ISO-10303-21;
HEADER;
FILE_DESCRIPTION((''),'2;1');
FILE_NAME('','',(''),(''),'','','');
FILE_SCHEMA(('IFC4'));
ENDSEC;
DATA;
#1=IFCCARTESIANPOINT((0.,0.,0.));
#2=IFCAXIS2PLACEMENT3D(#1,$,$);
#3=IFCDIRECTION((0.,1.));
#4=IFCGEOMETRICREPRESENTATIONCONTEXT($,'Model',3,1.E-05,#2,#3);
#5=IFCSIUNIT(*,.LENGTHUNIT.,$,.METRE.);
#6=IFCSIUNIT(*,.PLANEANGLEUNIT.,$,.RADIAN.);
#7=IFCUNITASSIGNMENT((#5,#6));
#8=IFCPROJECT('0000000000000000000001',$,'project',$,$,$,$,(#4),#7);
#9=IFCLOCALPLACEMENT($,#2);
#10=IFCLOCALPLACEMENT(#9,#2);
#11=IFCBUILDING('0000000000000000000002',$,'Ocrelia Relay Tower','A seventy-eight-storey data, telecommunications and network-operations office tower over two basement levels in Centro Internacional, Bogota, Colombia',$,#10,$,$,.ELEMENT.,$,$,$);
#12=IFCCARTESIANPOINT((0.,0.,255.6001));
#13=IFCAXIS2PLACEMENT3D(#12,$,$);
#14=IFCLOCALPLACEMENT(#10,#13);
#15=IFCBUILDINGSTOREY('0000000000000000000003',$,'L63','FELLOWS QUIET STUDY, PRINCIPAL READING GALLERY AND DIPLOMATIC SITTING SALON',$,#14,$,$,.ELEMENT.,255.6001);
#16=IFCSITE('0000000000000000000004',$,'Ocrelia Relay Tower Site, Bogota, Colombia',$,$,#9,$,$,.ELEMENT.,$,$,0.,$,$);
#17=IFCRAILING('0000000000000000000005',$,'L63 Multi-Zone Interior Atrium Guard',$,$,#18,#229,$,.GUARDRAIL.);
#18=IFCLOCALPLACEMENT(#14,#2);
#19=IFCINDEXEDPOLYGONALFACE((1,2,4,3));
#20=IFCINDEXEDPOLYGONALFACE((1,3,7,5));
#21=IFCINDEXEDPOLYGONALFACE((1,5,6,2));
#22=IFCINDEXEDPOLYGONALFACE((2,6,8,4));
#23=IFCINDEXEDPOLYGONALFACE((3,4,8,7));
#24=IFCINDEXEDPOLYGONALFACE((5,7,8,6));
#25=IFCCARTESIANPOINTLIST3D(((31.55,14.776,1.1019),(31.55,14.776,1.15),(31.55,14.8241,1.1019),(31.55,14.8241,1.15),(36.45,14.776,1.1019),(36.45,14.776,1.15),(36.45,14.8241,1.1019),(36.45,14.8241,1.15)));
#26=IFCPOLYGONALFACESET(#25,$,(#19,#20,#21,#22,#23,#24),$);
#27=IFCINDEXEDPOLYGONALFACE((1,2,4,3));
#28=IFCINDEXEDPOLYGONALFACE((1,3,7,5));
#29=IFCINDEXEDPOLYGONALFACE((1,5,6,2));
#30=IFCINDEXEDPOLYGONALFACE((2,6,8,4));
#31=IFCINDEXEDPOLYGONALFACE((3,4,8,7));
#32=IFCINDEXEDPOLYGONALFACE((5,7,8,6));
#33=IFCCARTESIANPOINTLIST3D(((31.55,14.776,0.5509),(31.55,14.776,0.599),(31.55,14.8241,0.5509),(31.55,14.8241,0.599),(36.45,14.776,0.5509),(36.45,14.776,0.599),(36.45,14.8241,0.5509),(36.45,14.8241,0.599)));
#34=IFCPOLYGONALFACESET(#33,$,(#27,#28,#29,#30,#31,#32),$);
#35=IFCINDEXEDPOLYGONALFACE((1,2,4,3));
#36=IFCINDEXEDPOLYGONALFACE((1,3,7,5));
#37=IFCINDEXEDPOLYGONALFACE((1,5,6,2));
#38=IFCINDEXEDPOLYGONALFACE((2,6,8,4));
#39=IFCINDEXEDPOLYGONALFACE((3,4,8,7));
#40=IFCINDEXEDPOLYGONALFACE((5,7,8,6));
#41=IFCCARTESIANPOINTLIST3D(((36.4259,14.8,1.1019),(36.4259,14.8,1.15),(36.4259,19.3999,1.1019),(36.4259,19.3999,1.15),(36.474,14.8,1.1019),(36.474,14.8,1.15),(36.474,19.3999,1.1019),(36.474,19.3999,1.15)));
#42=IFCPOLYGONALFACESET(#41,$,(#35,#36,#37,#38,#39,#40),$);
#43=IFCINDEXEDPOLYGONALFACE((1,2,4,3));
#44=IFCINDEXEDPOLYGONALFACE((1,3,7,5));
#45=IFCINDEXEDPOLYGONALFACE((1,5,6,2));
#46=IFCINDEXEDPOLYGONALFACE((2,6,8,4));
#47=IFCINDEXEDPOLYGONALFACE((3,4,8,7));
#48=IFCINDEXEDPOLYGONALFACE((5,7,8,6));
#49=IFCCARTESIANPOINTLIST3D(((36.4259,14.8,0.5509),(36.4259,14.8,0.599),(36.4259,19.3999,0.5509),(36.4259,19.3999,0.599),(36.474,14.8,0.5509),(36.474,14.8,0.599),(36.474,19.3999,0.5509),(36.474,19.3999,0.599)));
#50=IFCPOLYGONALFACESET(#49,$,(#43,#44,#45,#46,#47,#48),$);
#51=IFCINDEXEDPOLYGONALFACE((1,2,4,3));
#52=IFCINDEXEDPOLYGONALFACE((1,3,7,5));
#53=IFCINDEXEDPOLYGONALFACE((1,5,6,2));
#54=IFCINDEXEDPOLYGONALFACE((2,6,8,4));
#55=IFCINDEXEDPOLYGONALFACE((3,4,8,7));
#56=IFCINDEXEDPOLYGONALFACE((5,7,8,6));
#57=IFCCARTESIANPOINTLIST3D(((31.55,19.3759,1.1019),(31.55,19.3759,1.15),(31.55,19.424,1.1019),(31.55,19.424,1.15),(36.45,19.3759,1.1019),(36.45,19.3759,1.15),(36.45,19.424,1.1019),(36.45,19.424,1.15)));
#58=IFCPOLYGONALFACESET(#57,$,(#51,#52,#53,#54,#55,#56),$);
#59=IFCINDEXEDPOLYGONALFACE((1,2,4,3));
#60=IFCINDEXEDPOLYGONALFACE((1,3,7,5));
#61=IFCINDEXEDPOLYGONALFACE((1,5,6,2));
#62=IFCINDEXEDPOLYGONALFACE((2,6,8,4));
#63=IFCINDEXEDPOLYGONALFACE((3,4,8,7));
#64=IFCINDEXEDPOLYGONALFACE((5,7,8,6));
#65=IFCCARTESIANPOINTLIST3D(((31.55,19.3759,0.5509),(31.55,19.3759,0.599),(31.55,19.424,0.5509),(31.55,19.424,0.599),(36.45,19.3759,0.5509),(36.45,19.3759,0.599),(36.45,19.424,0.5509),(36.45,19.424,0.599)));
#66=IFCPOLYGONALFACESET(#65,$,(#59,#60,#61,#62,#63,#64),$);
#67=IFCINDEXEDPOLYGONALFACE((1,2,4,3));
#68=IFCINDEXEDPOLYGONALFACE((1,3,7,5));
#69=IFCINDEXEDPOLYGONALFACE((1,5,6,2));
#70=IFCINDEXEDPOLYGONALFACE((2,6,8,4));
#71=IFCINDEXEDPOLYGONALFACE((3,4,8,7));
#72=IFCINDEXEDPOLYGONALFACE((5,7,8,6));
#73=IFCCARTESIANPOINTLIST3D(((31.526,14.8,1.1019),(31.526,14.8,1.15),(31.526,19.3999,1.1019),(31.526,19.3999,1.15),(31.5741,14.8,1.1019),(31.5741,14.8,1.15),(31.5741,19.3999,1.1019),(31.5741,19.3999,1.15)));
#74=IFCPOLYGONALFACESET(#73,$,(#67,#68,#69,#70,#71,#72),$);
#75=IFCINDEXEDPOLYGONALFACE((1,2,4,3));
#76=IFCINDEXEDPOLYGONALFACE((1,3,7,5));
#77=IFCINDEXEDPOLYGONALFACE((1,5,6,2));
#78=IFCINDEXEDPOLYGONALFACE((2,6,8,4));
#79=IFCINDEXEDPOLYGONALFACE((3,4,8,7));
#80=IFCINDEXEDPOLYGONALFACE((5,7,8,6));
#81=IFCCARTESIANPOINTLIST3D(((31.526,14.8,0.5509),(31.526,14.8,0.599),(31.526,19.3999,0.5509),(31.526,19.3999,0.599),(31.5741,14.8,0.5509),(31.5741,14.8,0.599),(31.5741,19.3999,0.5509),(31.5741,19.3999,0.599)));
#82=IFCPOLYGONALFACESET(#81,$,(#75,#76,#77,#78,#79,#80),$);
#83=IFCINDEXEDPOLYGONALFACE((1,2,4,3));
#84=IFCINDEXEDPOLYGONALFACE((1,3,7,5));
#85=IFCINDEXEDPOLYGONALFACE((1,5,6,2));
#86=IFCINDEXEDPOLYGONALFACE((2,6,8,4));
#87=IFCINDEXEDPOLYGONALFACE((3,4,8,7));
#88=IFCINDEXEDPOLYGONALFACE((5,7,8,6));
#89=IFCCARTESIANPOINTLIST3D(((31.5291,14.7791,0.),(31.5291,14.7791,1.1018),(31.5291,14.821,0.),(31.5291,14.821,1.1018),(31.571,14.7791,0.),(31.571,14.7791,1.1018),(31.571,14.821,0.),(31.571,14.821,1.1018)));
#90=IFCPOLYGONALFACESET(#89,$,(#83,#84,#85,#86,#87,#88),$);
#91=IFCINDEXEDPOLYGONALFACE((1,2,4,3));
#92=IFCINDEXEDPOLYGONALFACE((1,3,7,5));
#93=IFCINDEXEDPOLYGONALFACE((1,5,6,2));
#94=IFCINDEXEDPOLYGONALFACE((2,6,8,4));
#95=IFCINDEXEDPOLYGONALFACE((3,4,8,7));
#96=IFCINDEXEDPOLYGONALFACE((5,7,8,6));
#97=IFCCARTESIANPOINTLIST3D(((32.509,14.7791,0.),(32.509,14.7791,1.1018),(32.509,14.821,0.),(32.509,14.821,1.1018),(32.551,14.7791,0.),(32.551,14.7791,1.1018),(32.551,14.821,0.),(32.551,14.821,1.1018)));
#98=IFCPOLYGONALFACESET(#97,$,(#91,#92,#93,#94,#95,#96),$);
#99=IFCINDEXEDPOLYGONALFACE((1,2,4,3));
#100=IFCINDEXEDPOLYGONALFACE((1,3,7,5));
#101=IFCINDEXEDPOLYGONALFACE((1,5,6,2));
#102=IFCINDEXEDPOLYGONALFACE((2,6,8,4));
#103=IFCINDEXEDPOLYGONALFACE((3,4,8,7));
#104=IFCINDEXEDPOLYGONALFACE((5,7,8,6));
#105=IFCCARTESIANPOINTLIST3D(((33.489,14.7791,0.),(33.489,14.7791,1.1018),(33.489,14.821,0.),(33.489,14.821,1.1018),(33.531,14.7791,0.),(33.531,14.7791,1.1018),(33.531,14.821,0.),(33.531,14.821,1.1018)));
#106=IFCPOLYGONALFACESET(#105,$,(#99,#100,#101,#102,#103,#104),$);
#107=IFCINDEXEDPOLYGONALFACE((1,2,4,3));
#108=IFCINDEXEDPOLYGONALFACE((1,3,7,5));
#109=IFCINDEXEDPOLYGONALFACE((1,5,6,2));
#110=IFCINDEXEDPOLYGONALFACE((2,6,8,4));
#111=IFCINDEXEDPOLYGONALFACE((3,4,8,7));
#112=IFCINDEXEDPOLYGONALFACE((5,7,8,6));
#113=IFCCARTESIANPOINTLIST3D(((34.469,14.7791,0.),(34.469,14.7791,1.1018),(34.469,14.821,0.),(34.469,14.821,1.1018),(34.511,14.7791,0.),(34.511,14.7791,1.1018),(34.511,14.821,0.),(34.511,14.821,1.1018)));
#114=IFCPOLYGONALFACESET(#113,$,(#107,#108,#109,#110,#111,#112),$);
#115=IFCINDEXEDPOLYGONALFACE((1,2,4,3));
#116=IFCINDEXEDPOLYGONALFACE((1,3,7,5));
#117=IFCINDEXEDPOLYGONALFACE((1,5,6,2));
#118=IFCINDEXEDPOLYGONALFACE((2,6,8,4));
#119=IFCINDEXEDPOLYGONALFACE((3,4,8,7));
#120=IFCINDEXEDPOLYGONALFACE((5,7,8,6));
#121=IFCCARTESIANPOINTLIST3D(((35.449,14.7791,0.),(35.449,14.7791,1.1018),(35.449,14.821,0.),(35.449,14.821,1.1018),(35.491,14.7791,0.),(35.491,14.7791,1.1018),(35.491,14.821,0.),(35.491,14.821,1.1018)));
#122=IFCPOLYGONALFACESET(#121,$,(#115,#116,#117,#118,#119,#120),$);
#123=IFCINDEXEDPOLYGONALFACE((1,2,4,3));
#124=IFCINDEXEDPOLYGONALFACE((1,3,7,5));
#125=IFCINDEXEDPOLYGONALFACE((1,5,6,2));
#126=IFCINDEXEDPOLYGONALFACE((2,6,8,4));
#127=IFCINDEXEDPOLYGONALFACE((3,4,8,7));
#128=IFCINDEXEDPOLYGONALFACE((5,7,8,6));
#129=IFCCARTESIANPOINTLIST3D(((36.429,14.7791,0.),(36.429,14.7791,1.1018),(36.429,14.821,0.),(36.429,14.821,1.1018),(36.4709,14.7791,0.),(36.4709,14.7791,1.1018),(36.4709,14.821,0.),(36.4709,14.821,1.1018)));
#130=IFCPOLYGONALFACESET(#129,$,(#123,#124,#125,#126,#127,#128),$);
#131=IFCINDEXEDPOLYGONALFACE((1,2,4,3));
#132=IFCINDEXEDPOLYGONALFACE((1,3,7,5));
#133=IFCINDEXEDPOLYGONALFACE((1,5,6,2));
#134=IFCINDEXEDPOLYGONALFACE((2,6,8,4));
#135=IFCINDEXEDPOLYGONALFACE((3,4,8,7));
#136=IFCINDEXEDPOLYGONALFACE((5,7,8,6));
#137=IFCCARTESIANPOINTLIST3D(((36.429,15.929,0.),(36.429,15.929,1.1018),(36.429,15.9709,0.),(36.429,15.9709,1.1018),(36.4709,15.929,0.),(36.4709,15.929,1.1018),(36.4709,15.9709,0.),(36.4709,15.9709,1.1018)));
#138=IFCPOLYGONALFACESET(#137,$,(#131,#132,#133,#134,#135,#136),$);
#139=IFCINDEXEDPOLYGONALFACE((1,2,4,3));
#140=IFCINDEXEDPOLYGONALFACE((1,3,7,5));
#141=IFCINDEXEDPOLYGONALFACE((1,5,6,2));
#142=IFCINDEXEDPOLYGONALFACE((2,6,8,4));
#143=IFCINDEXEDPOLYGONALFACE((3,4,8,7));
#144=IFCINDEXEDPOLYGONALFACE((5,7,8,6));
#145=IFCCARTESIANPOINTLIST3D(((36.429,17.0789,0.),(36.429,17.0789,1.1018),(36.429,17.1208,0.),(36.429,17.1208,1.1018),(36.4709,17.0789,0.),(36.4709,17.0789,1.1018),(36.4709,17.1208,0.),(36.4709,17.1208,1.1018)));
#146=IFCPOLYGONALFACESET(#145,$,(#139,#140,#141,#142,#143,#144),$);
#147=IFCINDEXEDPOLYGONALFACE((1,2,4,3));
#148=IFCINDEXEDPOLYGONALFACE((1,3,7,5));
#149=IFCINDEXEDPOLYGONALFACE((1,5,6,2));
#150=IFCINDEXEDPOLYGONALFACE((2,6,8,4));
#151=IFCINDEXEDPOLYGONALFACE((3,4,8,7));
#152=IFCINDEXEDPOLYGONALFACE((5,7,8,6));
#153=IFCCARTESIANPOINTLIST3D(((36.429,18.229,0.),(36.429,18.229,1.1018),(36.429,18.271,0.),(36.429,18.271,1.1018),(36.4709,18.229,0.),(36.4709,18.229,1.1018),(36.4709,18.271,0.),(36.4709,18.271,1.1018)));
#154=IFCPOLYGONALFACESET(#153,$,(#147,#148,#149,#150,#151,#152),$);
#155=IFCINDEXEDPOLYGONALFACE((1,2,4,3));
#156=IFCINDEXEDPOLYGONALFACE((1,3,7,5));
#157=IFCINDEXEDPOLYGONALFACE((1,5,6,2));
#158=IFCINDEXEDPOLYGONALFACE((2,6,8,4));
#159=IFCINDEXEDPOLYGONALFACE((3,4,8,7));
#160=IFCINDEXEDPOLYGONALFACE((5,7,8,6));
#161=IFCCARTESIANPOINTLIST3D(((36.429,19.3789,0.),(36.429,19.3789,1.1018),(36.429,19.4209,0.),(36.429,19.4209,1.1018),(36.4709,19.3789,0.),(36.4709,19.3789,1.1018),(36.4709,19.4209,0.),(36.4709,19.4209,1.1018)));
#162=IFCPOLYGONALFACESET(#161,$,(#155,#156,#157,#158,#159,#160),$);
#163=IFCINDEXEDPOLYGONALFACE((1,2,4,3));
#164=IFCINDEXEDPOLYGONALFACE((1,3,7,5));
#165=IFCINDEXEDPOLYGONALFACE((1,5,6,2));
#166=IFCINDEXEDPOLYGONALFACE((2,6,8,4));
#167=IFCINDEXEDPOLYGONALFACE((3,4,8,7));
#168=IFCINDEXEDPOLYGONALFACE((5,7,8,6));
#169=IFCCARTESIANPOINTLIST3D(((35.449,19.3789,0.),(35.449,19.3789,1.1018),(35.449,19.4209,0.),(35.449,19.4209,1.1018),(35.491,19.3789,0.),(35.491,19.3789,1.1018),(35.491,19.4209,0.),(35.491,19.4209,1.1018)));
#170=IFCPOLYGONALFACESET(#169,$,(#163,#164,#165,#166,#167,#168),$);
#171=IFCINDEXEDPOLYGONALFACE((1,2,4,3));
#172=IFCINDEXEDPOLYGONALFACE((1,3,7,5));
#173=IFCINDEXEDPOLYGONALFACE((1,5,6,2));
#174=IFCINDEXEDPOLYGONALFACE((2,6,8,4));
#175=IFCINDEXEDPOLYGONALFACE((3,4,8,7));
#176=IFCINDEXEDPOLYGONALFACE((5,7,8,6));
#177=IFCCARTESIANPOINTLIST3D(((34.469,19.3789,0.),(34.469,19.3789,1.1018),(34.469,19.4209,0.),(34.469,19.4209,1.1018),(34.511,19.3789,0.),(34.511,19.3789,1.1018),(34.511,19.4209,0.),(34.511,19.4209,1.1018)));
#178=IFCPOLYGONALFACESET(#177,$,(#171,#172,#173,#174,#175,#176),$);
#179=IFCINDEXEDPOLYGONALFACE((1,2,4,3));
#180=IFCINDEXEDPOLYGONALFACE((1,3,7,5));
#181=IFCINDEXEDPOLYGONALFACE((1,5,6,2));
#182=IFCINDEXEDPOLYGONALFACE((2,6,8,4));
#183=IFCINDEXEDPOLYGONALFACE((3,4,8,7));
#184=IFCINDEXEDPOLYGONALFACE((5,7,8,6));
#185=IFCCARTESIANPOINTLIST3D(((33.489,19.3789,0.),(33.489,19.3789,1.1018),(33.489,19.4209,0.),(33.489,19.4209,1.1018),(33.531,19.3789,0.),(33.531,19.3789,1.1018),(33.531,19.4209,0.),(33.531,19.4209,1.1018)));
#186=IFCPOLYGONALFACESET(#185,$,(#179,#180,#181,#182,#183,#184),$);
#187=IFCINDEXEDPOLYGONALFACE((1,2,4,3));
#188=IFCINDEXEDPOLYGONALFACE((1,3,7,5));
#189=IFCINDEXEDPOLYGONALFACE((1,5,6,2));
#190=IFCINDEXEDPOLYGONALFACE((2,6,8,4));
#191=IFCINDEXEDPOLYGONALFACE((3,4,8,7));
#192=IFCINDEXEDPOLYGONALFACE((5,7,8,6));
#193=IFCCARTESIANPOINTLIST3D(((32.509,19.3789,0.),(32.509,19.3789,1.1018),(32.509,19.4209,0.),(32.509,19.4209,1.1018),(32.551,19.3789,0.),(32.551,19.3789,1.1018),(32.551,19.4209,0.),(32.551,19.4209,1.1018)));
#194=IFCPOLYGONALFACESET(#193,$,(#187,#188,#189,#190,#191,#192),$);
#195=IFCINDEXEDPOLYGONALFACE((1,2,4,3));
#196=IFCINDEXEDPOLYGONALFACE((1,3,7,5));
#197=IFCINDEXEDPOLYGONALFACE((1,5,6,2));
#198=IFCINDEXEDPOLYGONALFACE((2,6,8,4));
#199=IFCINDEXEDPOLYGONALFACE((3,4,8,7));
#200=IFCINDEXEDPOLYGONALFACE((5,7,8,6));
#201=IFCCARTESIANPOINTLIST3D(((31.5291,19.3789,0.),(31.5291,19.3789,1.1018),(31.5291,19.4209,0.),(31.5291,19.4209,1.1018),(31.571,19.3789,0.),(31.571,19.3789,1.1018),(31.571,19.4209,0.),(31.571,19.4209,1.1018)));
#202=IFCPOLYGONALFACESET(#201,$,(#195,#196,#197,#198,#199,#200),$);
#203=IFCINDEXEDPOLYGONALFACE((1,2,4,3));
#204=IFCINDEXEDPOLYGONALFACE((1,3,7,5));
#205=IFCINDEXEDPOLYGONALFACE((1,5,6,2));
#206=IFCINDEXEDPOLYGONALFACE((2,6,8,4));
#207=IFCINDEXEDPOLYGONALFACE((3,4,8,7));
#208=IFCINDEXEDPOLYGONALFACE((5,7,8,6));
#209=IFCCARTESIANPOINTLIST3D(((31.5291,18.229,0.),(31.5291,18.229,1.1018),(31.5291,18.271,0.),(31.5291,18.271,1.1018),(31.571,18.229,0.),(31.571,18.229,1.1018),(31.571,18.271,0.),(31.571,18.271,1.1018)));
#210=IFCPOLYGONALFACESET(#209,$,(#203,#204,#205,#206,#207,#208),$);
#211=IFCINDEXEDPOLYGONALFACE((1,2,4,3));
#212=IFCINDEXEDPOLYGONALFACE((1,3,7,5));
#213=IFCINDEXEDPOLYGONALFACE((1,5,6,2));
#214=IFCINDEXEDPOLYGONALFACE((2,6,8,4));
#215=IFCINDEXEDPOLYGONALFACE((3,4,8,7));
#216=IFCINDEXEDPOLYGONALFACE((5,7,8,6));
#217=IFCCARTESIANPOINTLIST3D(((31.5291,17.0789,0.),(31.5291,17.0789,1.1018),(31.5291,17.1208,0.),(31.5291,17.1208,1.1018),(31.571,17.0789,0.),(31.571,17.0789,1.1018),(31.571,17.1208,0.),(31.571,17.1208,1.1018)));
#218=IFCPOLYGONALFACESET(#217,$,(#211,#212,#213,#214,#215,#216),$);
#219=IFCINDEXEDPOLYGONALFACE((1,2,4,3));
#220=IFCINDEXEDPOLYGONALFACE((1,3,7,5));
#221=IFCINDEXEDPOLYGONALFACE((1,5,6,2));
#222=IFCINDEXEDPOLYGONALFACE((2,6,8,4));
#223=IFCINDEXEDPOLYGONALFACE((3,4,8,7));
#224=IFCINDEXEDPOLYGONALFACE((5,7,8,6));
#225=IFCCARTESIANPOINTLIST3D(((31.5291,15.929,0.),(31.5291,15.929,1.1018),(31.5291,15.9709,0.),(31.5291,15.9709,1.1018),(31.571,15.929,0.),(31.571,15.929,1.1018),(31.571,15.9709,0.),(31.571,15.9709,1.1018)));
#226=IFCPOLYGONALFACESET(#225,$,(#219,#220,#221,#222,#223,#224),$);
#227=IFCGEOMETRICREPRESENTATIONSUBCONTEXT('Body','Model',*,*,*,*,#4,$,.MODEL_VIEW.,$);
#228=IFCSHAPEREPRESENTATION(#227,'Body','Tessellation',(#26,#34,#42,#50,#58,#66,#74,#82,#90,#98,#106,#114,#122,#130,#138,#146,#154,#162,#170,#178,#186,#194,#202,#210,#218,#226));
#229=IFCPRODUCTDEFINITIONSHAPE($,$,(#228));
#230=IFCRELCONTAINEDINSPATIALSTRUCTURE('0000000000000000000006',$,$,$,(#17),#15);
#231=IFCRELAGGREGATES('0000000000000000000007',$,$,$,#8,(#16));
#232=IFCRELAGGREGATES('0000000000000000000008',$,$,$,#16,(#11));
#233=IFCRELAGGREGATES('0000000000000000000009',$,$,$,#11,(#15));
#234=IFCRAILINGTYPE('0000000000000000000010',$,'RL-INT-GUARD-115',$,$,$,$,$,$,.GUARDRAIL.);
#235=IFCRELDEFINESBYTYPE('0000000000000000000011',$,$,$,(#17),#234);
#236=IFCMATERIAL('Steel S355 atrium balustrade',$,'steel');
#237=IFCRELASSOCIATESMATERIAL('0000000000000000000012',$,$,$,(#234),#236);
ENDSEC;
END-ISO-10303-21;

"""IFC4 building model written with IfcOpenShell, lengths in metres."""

from ifc_helpers import new_model, si_unit, direction, frame, origin, origin_2d, place, context, subcontext, project, spatial, rectangle, extrude, material, type_object, element, save


model = new_model("IFC4")

# Units and contexts
model_context = context("Model", 3, precision=1e-05, world=origin(), true_north=direction((0.0, 1.0)))
body_context = subcontext(model_context, "Body", "Model", "MODEL_VIEW")
ifc_project = project(units=[si_unit("LENGTHUNIT", "METRE"), si_unit("PLANEANGLEUNIT", "RADIAN")], contexts=[model_context])

# Site, building, storey
site_placement = place(None, origin())
site = spatial("IfcSite", under=ifc_project, at=site_placement, Name="Ocrelia Relay Tower Site, Bogota, Colombia", CompositionType="ELEMENT", RefElevation=0.0)
building_placement = place(site_placement, origin())
building = spatial("IfcBuilding", under=site, at=building_placement, Name="Ocrelia Relay Tower", Description="A seventy-eight-storey data, telecommunications and network-operations office tower over two basement levels in Centro Internacional, Bogota, Colombia", CompositionType="ELEMENT")
storey_placement = place(building_placement, frame((0.0, 0.0, 255.6001)))
storey = spatial("IfcBuildingStorey", under=building, at=storey_placement, Name="L63", Description="FELLOWS QUIET STUDY, PRINCIPAL READING GALLERY AND DIPLOMATIC SITTING SALON", CompositionType="ELEMENT", Elevation=255.6001)

# Railing
ifc_material_1 = material(Name="Steel S355 atrium balustrade", Category="steel")
railing_type = type_object("IfcRailingType", Name="RL-INT-GUARD-115", PredefinedType="GUARDRAIL", material=ifc_material_1)
railing_placement = place(storey_placement, frame((31.55, 14.8, 0.0)))
element("IfcRailing", 1, at=railing_placement, inside=storey, type_object=railing_type, Name="L63 Multi-Zone Interior Atrium Guard", PredefinedType="GUARDRAIL", context=body_context, shape_type="SweptSolid", body=[
    extrude(rectangle(XDim=0.0481, YDim=0.0481, at=origin_2d()), frame((0.0, 0.0, 1.126), z_axis=(1.0, 0.0, 0.0), x_axis=(0.0, 1.0, 0.0)), (0.0, 0.0, 1.0), 4.8999),
    extrude(rectangle(XDim=0.0481, YDim=0.0481, at=origin_2d()), frame((0.0, 0.0, 0.575), z_axis=(1.0, 0.0, 0.0), x_axis=(0.0, 1.0, 0.0)), (0.0, 0.0, 1.0), 4.8999),
    extrude(rectangle(XDim=0.0481, YDim=0.0481, at=origin_2d()), frame((4.8999, 0.0, 1.126), z_axis=(0.0, 1.0, 0.0), x_axis=(-1.0, 0.0, 0.0)), (0.0, 0.0, 1.0), 4.5999),
    extrude(rectangle(XDim=0.0481, YDim=0.0481, at=origin_2d()), frame((4.8999, 0.0, 0.575), z_axis=(0.0, 1.0, 0.0), x_axis=(-1.0, 0.0, 0.0)), (0.0, 0.0, 1.0), 4.5999),
    extrude(rectangle(XDim=0.0481, YDim=0.0481, at=origin_2d()), frame((4.8999, 4.5999, 1.126), z_axis=(-1.0, 0.0, 0.0), x_axis=(0.0, -1.0, 0.0)), (0.0, 0.0, 1.0), 4.8999),
    extrude(rectangle(XDim=0.0481, YDim=0.0481, at=origin_2d()), frame((4.8999, 4.5999, 0.575), z_axis=(-1.0, 0.0, 0.0), x_axis=(0.0, -1.0, 0.0)), (0.0, 0.0, 1.0), 4.8999),
    extrude(rectangle(XDim=0.0481, YDim=0.0481, at=origin_2d()), frame((0.0, 4.5999, 1.126), z_axis=(0.0, -1.0, 0.0), x_axis=(1.0, 0.0, 0.0)), (0.0, 0.0, 1.0), 4.5999),
    extrude(rectangle(XDim=0.0481, YDim=0.0481, at=origin_2d()), frame((0.0, 4.5999, 0.575), z_axis=(0.0, -1.0, 0.0), x_axis=(1.0, 0.0, 0.0)), (0.0, 0.0, 1.0), 4.5999),
    extrude(rectangle(XDim=0.042, YDim=0.042, at=origin_2d()), origin(), (0.0, 0.0, 1.0), 1.1018),
    extrude(rectangle(XDim=0.042, YDim=0.042, at=origin_2d()), frame((0.98, 0.0, 0.0)), (0.0, 0.0, 1.0), 1.1018),
    extrude(rectangle(XDim=0.042, YDim=0.042, at=origin_2d()), frame((1.96, 0.0, 0.0)), (0.0, 0.0, 1.0), 1.1018),
    extrude(rectangle(XDim=0.042, YDim=0.042, at=origin_2d()), frame((2.9399, 0.0, 0.0)), (0.0, 0.0, 1.0), 1.1018),
    extrude(rectangle(XDim=0.042, YDim=0.042, at=origin_2d()), frame((3.9199, 0.0, 0.0)), (0.0, 0.0, 1.0), 1.1018),
    extrude(rectangle(XDim=0.042, YDim=0.042, at=origin_2d()), frame((4.8999, 0.0, 0.0)), (0.0, 0.0, 1.0), 1.1018),
    extrude(rectangle(XDim=0.042, YDim=0.042, at=origin_2d()), frame((4.8999, 1.1499, 0.0)), (0.0, 0.0, 1.0), 1.1018),
    extrude(rectangle(XDim=0.042, YDim=0.042, at=origin_2d()), frame((4.8999, 2.2998, 0.0)), (0.0, 0.0, 1.0), 1.1018),
    extrude(rectangle(XDim=0.042, YDim=0.042, at=origin_2d()), frame((4.8999, 3.45, 0.0)), (0.0, 0.0, 1.0), 1.1018),
    extrude(rectangle(XDim=0.042, YDim=0.042, at=origin_2d()), frame((4.8999, 4.5999, 0.0)), (0.0, 0.0, 1.0), 1.1018),
    extrude(rectangle(XDim=0.042, YDim=0.042, at=origin_2d()), frame((3.9199, 4.5999, 0.0)), (0.0, 0.0, 1.0), 1.1018),
    extrude(rectangle(XDim=0.042, YDim=0.042, at=origin_2d()), frame((2.9399, 4.5999, 0.0)), (0.0, 0.0, 1.0), 1.1018),
    extrude(rectangle(XDim=0.042, YDim=0.042, at=origin_2d()), frame((1.96, 4.5999, 0.0)), (0.0, 0.0, 1.0), 1.1018),
    extrude(rectangle(XDim=0.042, YDim=0.042, at=origin_2d()), frame((0.98, 4.5999, 0.0)), (0.0, 0.0, 1.0), 1.1018),
    extrude(rectangle(XDim=0.042, YDim=0.042, at=origin_2d()), frame((0.0, 4.5999, 0.0)), (0.0, 0.0, 1.0), 1.1018),
    extrude(rectangle(XDim=0.042, YDim=0.042, at=origin_2d()), frame((0.0, 3.45, 0.0)), (0.0, 0.0, 1.0), 1.1018),
    extrude(rectangle(XDim=0.042, YDim=0.042, at=origin_2d()), frame((0.0, 2.2998, 0.0)), (0.0, 0.0, 1.0), 1.1018),
    extrude(rectangle(XDim=0.042, YDim=0.042, at=origin_2d()), frame((0.0, 1.1499, 0.0)), (0.0, 0.0, 1.0), 1.1018),
])

save(model, "model.ifc")
